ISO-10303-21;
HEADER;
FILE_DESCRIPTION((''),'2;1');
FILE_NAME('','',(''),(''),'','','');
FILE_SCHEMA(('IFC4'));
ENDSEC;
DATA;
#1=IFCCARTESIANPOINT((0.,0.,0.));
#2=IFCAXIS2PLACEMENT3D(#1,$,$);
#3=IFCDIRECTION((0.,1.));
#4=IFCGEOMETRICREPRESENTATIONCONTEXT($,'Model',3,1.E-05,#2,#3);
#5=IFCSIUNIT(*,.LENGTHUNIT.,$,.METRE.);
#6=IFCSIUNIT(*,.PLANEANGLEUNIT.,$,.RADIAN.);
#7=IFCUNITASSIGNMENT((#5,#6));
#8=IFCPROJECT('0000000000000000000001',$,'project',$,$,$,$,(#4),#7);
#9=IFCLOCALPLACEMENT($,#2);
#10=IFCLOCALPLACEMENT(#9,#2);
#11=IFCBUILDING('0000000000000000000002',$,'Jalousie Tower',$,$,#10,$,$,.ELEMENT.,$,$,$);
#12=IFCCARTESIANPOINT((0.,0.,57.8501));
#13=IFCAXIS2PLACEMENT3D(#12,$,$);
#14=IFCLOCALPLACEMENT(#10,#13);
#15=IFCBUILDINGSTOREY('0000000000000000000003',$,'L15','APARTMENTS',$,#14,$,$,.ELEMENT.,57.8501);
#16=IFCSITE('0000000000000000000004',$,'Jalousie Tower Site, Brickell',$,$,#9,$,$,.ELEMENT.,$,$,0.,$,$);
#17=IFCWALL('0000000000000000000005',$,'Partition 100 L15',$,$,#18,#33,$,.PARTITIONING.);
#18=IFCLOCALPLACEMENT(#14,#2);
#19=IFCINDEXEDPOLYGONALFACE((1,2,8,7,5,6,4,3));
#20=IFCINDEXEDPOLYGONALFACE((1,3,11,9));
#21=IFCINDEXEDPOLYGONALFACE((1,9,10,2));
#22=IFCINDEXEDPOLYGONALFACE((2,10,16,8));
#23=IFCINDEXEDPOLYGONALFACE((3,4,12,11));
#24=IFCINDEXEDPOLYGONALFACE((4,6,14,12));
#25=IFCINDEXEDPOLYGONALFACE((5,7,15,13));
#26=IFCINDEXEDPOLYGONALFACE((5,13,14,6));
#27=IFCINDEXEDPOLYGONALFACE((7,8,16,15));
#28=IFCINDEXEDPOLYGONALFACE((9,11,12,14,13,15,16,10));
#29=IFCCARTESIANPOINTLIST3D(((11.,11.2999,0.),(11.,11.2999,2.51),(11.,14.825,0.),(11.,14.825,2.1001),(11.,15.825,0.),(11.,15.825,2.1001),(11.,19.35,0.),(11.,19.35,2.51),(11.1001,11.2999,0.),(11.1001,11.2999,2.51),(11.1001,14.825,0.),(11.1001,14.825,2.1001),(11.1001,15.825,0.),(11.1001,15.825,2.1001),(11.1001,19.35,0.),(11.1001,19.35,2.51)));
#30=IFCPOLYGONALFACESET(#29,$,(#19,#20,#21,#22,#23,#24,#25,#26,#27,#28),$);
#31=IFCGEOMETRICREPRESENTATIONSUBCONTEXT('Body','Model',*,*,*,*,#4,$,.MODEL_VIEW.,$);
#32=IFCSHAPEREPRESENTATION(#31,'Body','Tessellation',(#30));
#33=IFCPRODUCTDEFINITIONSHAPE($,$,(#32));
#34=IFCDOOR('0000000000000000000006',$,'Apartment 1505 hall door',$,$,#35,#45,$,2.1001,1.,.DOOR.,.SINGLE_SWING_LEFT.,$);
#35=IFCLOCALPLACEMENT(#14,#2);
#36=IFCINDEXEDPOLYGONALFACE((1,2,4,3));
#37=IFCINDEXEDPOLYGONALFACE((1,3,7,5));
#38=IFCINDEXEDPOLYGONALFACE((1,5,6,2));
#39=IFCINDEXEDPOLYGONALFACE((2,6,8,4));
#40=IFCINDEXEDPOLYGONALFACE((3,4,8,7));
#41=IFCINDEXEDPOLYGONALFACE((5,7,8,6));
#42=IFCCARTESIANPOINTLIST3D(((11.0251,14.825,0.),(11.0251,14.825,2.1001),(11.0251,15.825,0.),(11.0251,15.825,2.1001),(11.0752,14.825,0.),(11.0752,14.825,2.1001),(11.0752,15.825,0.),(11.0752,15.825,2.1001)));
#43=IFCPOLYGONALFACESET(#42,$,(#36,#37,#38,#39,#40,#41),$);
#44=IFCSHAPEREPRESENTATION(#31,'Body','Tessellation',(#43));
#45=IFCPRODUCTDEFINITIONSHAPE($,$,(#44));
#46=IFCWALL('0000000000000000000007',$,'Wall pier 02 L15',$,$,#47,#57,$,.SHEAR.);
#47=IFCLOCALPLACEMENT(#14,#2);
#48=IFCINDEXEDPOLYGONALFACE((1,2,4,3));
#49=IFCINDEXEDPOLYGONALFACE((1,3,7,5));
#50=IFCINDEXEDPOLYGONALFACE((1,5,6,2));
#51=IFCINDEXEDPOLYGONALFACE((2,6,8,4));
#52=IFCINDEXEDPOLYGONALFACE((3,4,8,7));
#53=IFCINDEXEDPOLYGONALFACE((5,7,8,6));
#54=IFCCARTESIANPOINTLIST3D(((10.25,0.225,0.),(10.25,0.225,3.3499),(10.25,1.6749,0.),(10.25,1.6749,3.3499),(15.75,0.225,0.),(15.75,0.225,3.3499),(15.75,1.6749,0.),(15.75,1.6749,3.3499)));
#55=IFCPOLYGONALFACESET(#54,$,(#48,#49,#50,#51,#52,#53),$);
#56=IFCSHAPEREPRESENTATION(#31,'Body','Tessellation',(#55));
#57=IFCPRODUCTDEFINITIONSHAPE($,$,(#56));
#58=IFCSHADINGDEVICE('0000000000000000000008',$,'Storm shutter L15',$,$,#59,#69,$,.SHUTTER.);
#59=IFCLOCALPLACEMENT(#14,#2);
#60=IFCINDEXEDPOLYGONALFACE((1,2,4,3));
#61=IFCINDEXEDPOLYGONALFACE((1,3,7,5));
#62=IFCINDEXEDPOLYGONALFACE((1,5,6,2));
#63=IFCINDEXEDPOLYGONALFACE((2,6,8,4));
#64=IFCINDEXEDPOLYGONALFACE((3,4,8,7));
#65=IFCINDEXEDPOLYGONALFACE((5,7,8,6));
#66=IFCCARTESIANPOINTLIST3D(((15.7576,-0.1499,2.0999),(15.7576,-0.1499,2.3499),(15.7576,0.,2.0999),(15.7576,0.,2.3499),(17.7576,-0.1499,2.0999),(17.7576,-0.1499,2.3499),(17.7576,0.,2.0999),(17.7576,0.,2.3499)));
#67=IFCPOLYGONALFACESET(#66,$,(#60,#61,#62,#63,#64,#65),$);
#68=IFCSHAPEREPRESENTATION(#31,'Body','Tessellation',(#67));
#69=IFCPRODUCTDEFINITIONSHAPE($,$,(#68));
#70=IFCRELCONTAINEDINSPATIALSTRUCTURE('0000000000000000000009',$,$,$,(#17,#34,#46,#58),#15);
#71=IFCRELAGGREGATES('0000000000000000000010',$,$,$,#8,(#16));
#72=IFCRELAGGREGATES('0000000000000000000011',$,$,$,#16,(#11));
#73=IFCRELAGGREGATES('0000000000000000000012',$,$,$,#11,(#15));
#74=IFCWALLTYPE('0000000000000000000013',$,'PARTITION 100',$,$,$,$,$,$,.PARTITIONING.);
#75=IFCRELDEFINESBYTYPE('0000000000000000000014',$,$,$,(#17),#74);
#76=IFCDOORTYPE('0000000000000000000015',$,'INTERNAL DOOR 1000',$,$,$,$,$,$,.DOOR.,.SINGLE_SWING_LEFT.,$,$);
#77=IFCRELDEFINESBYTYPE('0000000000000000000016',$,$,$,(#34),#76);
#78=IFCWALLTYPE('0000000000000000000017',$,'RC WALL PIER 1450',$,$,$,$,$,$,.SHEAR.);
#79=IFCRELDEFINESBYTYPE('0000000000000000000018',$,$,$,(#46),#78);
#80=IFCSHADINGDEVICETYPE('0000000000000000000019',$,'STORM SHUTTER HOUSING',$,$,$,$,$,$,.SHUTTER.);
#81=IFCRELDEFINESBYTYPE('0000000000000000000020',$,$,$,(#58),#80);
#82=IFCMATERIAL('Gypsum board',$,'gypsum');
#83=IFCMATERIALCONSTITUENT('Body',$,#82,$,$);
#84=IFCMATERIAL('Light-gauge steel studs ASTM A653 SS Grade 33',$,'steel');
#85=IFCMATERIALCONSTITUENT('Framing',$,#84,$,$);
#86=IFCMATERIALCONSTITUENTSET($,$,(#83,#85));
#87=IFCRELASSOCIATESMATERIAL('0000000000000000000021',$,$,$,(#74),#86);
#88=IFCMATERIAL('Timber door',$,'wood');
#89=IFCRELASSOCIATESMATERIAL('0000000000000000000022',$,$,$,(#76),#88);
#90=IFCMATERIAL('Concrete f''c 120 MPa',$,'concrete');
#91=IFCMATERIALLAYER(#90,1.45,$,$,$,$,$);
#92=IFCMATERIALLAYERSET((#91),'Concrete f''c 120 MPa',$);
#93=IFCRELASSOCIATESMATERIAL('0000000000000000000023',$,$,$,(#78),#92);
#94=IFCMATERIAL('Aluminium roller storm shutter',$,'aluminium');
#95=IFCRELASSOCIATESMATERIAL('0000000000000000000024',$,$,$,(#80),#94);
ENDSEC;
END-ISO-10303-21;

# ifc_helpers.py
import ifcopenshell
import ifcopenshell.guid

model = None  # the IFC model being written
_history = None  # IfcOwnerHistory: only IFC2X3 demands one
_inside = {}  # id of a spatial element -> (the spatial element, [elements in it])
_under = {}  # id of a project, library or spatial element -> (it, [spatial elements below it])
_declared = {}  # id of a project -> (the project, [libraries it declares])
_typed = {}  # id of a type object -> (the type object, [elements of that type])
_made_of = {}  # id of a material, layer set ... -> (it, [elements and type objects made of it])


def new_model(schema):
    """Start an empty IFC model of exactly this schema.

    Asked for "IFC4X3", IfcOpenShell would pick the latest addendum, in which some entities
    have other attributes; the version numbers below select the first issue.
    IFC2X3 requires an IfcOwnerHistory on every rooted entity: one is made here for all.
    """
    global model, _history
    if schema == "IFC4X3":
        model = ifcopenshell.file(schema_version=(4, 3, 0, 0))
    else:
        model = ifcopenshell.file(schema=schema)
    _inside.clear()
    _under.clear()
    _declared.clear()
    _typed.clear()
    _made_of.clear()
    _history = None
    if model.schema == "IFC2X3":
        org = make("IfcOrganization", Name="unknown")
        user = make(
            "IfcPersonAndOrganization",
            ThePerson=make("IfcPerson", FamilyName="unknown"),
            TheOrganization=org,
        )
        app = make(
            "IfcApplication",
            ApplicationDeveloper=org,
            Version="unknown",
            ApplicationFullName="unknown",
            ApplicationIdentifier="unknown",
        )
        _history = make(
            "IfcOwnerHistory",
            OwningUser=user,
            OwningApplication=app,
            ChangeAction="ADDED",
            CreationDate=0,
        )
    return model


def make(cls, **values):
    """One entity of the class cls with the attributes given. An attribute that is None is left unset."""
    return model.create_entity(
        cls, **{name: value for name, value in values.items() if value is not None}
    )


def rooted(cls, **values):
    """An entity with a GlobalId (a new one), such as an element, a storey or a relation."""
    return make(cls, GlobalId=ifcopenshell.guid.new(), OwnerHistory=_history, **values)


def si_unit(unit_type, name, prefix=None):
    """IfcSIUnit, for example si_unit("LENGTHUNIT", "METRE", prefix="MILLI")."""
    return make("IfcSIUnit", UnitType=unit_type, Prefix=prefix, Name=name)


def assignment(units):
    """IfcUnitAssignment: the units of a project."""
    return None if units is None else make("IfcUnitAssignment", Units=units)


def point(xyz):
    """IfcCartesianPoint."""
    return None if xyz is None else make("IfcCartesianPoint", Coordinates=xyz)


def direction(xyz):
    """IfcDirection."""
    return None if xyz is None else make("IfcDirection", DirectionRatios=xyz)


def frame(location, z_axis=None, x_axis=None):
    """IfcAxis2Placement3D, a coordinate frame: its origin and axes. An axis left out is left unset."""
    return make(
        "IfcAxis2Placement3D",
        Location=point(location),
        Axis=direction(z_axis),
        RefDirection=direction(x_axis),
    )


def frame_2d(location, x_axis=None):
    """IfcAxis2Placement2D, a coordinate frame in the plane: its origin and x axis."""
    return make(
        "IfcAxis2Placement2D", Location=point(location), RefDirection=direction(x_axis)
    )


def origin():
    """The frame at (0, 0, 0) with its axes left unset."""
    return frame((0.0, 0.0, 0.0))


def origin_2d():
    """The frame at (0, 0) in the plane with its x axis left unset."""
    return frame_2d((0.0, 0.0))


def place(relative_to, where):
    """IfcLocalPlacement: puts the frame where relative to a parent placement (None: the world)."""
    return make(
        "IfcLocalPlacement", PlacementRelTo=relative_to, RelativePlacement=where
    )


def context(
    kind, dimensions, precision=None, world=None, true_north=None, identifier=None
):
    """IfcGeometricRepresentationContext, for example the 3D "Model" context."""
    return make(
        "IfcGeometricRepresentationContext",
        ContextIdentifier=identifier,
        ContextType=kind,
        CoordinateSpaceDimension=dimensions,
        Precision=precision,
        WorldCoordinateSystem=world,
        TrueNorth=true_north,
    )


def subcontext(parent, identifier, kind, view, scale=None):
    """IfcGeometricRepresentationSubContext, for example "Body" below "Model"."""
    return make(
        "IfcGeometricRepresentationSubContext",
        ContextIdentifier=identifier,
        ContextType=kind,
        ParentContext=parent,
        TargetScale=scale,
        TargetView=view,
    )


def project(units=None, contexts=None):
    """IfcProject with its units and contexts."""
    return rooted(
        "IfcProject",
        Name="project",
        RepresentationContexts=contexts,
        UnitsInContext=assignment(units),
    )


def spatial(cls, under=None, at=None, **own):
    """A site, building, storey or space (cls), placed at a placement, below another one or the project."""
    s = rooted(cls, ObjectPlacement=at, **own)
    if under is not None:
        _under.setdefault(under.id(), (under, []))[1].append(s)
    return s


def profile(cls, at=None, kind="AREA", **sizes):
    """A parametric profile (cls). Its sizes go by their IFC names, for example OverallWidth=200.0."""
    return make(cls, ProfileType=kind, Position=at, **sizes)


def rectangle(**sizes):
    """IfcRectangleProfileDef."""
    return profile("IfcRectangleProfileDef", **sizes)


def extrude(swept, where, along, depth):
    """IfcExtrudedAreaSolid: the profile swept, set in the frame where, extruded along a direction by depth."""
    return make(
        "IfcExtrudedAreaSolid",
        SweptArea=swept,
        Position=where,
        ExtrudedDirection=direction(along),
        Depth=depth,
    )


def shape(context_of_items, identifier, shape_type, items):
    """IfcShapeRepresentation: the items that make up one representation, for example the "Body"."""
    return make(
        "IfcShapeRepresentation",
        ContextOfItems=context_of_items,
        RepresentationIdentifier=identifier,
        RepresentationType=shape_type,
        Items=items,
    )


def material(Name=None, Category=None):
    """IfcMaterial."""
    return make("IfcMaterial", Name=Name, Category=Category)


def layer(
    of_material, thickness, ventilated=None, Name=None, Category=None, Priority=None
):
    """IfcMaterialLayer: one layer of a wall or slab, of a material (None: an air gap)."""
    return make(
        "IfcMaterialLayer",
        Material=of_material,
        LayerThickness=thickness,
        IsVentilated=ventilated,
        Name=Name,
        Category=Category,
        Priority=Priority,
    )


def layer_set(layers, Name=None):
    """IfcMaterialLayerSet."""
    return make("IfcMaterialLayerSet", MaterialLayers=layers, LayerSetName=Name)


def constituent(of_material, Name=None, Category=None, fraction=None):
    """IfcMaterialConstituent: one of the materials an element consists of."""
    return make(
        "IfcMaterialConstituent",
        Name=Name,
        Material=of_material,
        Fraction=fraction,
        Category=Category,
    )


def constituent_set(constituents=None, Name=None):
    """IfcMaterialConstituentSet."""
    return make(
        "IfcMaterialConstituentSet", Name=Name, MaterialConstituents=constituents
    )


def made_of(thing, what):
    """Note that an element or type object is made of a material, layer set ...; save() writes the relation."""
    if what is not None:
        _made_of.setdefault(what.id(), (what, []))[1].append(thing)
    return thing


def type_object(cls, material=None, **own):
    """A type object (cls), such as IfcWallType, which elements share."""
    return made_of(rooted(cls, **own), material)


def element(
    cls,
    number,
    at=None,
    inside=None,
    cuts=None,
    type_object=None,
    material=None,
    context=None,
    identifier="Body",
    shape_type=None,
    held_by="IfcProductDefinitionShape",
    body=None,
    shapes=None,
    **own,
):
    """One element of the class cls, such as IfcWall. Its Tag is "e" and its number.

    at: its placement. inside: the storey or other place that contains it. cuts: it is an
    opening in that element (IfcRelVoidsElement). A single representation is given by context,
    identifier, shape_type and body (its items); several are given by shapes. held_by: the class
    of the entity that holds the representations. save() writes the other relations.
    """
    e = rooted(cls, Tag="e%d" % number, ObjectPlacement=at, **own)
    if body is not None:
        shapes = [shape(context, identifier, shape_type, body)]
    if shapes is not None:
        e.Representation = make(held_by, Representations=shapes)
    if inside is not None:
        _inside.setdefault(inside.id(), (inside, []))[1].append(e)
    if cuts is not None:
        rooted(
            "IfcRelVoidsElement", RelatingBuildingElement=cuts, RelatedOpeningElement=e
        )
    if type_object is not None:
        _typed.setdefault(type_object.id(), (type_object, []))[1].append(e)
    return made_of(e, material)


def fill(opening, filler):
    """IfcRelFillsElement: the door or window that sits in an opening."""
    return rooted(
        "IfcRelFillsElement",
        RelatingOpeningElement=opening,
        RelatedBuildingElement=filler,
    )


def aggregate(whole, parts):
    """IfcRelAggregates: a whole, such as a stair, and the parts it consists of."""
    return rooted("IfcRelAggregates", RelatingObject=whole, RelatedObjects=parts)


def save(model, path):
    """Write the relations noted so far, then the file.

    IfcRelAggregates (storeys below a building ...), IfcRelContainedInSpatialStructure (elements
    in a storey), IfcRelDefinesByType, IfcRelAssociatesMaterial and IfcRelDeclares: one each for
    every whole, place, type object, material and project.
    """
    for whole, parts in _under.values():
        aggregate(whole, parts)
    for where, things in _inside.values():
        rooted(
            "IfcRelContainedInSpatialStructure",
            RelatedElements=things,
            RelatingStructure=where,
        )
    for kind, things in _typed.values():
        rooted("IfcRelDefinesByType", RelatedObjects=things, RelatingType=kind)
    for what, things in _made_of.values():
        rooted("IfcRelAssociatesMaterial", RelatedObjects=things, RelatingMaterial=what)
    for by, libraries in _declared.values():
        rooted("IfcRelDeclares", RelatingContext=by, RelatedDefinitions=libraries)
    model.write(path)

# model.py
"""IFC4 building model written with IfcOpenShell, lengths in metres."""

from ifc_helpers import new_model, si_unit, direction, frame, frame_2d, origin, origin_2d, place, context, subcontext, project, spatial, rectangle, extrude, material, layer, layer_set, constituent, constituent_set, type_object, element, fill, save


model = new_model("IFC4")

# Units and contexts
model_context = context("Model", 3, precision=1e-05, world=origin(), true_north=direction((0.0, 1.0)))
body_context = subcontext(model_context, "Body", "Model", "MODEL_VIEW")
ifc_project = project(units=[si_unit("LENGTHUNIT", "METRE"), si_unit("PLANEANGLEUNIT", "RADIAN")], contexts=[model_context])

# Site, building, storey
site_placement = place(None, origin())
site = spatial("IfcSite", under=ifc_project, at=site_placement, Name="Jalousie Tower Site, Brickell", CompositionType="ELEMENT", RefElevation=0.0)
building_placement = place(site_placement, origin())
building = spatial("IfcBuilding", under=site, at=building_placement, Name="Jalousie Tower", CompositionType="ELEMENT")
storey_placement = place(building_placement, frame((0.0, 0.0, 57.8501)))
storey = spatial("IfcBuildingStorey", under=building, at=storey_placement, Name="L15", Description="APARTMENTS", CompositionType="ELEMENT", Elevation=57.8501)

# Shared definitions
ifc_material_1 = material(Name="Gypsum board", Category="gypsum")
ifc_constituent_1 = constituent(ifc_material_1, Name="Body")
ifc_material_2 = material(Name="Light-gauge steel studs ASTM A653 SS Grade 33", Category="steel")
ifc_constituent_2 = constituent(ifc_material_2, Name="Framing")
ifc_constituent_set_1 = constituent_set(constituents=[ifc_constituent_1, ifc_constituent_2])
wall_type_1 = type_object("IfcWallType", Name="PARTITION 100", PredefinedType="PARTITIONING", material=ifc_constituent_set_1)

# Wall, opening, door
ifc_material_3 = material(Name="Timber door", Category="wood")
door_type_1 = type_object("IfcDoorType", Name="INTERNAL DOOR 1000", OperationType="SINGLE_SWING_LEFT", PredefinedType="DOOR", material=ifc_material_3)
wall_1_placement = place(storey_placement, frame((11.05, 11.3, 0.0), z_axis=(0.0, 0.0, 1.0), x_axis=(0.0, 1.0, 0.0)))
wall_1 = element("IfcWall", 1, at=wall_1_placement, inside=storey, type_object=wall_type_1, Name="Partition 100 L15", PredefinedType="PARTITIONING", context=body_context, shape_type="SweptSolid", body=[
    extrude(rectangle(XDim=8.05, YDim=0.1001, at=frame_2d((4.0249, 0.0))), origin(), (0.0, 0.0, 1.0), 2.51),
])
opening_1_placement = place(wall_1_placement, frame((3.5249, 0.0, 0.0)))
opening_1 = element("IfcOpeningElement", 2, at=opening_1_placement, cuts=wall_1, PredefinedType="OPENING", context=body_context, shape_type="SweptSolid", body=[
    extrude(rectangle(XDim=1.0, YDim=2.1001, at=frame_2d((0.5, 1.05))), frame((0.0, 0.0601, 0.0), z_axis=(0.0, -1.0, 0.0), x_axis=(1.0, 0.0, 0.0)), (0.0, 0.0, 1.0), 0.1201),
])
door_1_placement = place(opening_1_placement, origin())
door_1 = element("IfcDoor", 3, at=door_1_placement, inside=storey, type_object=door_type_1, Name="Apartment 1505 hall door", OperationType="SINGLE_SWING_LEFT", OverallHeight=2.1001, OverallWidth=1.0, PredefinedType="DOOR", context=body_context, shape_type="SweptSolid", body=[
    extrude(rectangle(XDim=1.0, YDim=2.1001, at=frame_2d((0.5, 1.05))), frame((0.0, 0.0249, 0.0), z_axis=(0.0, -1.0, 0.0), x_axis=(1.0, 0.0, 0.0)), (0.0, 0.0, 1.0), 0.05),
])
fill(opening_1, door_1)

# Wall
ifc_material_4 = material(Name="Concrete f'c 120 MPa", Category="concrete")
ifc_layer_1 = layer(ifc_material_4, 1.45)
ifc_layer_set_1 = layer_set([ifc_layer_1], Name="Concrete f'c 120 MPa")
wall_type_2 = type_object("IfcWallType", Name="RC WALL PIER 1450", PredefinedType="SHEAR", material=ifc_layer_set_1)
wall_2_placement = place(storey_placement, frame((10.25, 0.95, 0.0), z_axis=(0.0, 0.0, 1.0), x_axis=(1.0, 0.0, 0.0)))
element("IfcWall", 4, at=wall_2_placement, inside=storey, type_object=wall_type_2, Name="Wall pier 02 L15", PredefinedType="SHEAR", context=body_context, shape_type="SweptSolid", body=[
    extrude(rectangle(XDim=5.5, YDim=1.45, at=frame_2d((2.75, 0.0))), origin(), (0.0, 0.0, 1.0), 3.3499),
])

# Shading device
ifc_material_5 = material(Name="Aluminium roller storm shutter", Category="aluminium")
shading_device_type = type_object("IfcShadingDeviceType", Name="STORM SHUTTER HOUSING", PredefinedType="SHUTTER", material=ifc_material_5)
shading_device_placement = place(storey_placement, frame((16.7576, -0.075, 2.0999), z_axis=(0.0, 0.0, 1.0), x_axis=(1.0, 0.0, 0.0)))
element("IfcShadingDevice", 5, at=shading_device_placement, inside=storey, type_object=shading_device_type, Name="Storm shutter L15", PredefinedType="SHUTTER", context=body_context, shape_type="SweptSolid", body=[
    extrude(rectangle(XDim=2.0, YDim=0.1499, at=origin_2d()), origin(), (0.0, 0.0, 1.0), 0.25),
])

save(model, "model.ifc")
